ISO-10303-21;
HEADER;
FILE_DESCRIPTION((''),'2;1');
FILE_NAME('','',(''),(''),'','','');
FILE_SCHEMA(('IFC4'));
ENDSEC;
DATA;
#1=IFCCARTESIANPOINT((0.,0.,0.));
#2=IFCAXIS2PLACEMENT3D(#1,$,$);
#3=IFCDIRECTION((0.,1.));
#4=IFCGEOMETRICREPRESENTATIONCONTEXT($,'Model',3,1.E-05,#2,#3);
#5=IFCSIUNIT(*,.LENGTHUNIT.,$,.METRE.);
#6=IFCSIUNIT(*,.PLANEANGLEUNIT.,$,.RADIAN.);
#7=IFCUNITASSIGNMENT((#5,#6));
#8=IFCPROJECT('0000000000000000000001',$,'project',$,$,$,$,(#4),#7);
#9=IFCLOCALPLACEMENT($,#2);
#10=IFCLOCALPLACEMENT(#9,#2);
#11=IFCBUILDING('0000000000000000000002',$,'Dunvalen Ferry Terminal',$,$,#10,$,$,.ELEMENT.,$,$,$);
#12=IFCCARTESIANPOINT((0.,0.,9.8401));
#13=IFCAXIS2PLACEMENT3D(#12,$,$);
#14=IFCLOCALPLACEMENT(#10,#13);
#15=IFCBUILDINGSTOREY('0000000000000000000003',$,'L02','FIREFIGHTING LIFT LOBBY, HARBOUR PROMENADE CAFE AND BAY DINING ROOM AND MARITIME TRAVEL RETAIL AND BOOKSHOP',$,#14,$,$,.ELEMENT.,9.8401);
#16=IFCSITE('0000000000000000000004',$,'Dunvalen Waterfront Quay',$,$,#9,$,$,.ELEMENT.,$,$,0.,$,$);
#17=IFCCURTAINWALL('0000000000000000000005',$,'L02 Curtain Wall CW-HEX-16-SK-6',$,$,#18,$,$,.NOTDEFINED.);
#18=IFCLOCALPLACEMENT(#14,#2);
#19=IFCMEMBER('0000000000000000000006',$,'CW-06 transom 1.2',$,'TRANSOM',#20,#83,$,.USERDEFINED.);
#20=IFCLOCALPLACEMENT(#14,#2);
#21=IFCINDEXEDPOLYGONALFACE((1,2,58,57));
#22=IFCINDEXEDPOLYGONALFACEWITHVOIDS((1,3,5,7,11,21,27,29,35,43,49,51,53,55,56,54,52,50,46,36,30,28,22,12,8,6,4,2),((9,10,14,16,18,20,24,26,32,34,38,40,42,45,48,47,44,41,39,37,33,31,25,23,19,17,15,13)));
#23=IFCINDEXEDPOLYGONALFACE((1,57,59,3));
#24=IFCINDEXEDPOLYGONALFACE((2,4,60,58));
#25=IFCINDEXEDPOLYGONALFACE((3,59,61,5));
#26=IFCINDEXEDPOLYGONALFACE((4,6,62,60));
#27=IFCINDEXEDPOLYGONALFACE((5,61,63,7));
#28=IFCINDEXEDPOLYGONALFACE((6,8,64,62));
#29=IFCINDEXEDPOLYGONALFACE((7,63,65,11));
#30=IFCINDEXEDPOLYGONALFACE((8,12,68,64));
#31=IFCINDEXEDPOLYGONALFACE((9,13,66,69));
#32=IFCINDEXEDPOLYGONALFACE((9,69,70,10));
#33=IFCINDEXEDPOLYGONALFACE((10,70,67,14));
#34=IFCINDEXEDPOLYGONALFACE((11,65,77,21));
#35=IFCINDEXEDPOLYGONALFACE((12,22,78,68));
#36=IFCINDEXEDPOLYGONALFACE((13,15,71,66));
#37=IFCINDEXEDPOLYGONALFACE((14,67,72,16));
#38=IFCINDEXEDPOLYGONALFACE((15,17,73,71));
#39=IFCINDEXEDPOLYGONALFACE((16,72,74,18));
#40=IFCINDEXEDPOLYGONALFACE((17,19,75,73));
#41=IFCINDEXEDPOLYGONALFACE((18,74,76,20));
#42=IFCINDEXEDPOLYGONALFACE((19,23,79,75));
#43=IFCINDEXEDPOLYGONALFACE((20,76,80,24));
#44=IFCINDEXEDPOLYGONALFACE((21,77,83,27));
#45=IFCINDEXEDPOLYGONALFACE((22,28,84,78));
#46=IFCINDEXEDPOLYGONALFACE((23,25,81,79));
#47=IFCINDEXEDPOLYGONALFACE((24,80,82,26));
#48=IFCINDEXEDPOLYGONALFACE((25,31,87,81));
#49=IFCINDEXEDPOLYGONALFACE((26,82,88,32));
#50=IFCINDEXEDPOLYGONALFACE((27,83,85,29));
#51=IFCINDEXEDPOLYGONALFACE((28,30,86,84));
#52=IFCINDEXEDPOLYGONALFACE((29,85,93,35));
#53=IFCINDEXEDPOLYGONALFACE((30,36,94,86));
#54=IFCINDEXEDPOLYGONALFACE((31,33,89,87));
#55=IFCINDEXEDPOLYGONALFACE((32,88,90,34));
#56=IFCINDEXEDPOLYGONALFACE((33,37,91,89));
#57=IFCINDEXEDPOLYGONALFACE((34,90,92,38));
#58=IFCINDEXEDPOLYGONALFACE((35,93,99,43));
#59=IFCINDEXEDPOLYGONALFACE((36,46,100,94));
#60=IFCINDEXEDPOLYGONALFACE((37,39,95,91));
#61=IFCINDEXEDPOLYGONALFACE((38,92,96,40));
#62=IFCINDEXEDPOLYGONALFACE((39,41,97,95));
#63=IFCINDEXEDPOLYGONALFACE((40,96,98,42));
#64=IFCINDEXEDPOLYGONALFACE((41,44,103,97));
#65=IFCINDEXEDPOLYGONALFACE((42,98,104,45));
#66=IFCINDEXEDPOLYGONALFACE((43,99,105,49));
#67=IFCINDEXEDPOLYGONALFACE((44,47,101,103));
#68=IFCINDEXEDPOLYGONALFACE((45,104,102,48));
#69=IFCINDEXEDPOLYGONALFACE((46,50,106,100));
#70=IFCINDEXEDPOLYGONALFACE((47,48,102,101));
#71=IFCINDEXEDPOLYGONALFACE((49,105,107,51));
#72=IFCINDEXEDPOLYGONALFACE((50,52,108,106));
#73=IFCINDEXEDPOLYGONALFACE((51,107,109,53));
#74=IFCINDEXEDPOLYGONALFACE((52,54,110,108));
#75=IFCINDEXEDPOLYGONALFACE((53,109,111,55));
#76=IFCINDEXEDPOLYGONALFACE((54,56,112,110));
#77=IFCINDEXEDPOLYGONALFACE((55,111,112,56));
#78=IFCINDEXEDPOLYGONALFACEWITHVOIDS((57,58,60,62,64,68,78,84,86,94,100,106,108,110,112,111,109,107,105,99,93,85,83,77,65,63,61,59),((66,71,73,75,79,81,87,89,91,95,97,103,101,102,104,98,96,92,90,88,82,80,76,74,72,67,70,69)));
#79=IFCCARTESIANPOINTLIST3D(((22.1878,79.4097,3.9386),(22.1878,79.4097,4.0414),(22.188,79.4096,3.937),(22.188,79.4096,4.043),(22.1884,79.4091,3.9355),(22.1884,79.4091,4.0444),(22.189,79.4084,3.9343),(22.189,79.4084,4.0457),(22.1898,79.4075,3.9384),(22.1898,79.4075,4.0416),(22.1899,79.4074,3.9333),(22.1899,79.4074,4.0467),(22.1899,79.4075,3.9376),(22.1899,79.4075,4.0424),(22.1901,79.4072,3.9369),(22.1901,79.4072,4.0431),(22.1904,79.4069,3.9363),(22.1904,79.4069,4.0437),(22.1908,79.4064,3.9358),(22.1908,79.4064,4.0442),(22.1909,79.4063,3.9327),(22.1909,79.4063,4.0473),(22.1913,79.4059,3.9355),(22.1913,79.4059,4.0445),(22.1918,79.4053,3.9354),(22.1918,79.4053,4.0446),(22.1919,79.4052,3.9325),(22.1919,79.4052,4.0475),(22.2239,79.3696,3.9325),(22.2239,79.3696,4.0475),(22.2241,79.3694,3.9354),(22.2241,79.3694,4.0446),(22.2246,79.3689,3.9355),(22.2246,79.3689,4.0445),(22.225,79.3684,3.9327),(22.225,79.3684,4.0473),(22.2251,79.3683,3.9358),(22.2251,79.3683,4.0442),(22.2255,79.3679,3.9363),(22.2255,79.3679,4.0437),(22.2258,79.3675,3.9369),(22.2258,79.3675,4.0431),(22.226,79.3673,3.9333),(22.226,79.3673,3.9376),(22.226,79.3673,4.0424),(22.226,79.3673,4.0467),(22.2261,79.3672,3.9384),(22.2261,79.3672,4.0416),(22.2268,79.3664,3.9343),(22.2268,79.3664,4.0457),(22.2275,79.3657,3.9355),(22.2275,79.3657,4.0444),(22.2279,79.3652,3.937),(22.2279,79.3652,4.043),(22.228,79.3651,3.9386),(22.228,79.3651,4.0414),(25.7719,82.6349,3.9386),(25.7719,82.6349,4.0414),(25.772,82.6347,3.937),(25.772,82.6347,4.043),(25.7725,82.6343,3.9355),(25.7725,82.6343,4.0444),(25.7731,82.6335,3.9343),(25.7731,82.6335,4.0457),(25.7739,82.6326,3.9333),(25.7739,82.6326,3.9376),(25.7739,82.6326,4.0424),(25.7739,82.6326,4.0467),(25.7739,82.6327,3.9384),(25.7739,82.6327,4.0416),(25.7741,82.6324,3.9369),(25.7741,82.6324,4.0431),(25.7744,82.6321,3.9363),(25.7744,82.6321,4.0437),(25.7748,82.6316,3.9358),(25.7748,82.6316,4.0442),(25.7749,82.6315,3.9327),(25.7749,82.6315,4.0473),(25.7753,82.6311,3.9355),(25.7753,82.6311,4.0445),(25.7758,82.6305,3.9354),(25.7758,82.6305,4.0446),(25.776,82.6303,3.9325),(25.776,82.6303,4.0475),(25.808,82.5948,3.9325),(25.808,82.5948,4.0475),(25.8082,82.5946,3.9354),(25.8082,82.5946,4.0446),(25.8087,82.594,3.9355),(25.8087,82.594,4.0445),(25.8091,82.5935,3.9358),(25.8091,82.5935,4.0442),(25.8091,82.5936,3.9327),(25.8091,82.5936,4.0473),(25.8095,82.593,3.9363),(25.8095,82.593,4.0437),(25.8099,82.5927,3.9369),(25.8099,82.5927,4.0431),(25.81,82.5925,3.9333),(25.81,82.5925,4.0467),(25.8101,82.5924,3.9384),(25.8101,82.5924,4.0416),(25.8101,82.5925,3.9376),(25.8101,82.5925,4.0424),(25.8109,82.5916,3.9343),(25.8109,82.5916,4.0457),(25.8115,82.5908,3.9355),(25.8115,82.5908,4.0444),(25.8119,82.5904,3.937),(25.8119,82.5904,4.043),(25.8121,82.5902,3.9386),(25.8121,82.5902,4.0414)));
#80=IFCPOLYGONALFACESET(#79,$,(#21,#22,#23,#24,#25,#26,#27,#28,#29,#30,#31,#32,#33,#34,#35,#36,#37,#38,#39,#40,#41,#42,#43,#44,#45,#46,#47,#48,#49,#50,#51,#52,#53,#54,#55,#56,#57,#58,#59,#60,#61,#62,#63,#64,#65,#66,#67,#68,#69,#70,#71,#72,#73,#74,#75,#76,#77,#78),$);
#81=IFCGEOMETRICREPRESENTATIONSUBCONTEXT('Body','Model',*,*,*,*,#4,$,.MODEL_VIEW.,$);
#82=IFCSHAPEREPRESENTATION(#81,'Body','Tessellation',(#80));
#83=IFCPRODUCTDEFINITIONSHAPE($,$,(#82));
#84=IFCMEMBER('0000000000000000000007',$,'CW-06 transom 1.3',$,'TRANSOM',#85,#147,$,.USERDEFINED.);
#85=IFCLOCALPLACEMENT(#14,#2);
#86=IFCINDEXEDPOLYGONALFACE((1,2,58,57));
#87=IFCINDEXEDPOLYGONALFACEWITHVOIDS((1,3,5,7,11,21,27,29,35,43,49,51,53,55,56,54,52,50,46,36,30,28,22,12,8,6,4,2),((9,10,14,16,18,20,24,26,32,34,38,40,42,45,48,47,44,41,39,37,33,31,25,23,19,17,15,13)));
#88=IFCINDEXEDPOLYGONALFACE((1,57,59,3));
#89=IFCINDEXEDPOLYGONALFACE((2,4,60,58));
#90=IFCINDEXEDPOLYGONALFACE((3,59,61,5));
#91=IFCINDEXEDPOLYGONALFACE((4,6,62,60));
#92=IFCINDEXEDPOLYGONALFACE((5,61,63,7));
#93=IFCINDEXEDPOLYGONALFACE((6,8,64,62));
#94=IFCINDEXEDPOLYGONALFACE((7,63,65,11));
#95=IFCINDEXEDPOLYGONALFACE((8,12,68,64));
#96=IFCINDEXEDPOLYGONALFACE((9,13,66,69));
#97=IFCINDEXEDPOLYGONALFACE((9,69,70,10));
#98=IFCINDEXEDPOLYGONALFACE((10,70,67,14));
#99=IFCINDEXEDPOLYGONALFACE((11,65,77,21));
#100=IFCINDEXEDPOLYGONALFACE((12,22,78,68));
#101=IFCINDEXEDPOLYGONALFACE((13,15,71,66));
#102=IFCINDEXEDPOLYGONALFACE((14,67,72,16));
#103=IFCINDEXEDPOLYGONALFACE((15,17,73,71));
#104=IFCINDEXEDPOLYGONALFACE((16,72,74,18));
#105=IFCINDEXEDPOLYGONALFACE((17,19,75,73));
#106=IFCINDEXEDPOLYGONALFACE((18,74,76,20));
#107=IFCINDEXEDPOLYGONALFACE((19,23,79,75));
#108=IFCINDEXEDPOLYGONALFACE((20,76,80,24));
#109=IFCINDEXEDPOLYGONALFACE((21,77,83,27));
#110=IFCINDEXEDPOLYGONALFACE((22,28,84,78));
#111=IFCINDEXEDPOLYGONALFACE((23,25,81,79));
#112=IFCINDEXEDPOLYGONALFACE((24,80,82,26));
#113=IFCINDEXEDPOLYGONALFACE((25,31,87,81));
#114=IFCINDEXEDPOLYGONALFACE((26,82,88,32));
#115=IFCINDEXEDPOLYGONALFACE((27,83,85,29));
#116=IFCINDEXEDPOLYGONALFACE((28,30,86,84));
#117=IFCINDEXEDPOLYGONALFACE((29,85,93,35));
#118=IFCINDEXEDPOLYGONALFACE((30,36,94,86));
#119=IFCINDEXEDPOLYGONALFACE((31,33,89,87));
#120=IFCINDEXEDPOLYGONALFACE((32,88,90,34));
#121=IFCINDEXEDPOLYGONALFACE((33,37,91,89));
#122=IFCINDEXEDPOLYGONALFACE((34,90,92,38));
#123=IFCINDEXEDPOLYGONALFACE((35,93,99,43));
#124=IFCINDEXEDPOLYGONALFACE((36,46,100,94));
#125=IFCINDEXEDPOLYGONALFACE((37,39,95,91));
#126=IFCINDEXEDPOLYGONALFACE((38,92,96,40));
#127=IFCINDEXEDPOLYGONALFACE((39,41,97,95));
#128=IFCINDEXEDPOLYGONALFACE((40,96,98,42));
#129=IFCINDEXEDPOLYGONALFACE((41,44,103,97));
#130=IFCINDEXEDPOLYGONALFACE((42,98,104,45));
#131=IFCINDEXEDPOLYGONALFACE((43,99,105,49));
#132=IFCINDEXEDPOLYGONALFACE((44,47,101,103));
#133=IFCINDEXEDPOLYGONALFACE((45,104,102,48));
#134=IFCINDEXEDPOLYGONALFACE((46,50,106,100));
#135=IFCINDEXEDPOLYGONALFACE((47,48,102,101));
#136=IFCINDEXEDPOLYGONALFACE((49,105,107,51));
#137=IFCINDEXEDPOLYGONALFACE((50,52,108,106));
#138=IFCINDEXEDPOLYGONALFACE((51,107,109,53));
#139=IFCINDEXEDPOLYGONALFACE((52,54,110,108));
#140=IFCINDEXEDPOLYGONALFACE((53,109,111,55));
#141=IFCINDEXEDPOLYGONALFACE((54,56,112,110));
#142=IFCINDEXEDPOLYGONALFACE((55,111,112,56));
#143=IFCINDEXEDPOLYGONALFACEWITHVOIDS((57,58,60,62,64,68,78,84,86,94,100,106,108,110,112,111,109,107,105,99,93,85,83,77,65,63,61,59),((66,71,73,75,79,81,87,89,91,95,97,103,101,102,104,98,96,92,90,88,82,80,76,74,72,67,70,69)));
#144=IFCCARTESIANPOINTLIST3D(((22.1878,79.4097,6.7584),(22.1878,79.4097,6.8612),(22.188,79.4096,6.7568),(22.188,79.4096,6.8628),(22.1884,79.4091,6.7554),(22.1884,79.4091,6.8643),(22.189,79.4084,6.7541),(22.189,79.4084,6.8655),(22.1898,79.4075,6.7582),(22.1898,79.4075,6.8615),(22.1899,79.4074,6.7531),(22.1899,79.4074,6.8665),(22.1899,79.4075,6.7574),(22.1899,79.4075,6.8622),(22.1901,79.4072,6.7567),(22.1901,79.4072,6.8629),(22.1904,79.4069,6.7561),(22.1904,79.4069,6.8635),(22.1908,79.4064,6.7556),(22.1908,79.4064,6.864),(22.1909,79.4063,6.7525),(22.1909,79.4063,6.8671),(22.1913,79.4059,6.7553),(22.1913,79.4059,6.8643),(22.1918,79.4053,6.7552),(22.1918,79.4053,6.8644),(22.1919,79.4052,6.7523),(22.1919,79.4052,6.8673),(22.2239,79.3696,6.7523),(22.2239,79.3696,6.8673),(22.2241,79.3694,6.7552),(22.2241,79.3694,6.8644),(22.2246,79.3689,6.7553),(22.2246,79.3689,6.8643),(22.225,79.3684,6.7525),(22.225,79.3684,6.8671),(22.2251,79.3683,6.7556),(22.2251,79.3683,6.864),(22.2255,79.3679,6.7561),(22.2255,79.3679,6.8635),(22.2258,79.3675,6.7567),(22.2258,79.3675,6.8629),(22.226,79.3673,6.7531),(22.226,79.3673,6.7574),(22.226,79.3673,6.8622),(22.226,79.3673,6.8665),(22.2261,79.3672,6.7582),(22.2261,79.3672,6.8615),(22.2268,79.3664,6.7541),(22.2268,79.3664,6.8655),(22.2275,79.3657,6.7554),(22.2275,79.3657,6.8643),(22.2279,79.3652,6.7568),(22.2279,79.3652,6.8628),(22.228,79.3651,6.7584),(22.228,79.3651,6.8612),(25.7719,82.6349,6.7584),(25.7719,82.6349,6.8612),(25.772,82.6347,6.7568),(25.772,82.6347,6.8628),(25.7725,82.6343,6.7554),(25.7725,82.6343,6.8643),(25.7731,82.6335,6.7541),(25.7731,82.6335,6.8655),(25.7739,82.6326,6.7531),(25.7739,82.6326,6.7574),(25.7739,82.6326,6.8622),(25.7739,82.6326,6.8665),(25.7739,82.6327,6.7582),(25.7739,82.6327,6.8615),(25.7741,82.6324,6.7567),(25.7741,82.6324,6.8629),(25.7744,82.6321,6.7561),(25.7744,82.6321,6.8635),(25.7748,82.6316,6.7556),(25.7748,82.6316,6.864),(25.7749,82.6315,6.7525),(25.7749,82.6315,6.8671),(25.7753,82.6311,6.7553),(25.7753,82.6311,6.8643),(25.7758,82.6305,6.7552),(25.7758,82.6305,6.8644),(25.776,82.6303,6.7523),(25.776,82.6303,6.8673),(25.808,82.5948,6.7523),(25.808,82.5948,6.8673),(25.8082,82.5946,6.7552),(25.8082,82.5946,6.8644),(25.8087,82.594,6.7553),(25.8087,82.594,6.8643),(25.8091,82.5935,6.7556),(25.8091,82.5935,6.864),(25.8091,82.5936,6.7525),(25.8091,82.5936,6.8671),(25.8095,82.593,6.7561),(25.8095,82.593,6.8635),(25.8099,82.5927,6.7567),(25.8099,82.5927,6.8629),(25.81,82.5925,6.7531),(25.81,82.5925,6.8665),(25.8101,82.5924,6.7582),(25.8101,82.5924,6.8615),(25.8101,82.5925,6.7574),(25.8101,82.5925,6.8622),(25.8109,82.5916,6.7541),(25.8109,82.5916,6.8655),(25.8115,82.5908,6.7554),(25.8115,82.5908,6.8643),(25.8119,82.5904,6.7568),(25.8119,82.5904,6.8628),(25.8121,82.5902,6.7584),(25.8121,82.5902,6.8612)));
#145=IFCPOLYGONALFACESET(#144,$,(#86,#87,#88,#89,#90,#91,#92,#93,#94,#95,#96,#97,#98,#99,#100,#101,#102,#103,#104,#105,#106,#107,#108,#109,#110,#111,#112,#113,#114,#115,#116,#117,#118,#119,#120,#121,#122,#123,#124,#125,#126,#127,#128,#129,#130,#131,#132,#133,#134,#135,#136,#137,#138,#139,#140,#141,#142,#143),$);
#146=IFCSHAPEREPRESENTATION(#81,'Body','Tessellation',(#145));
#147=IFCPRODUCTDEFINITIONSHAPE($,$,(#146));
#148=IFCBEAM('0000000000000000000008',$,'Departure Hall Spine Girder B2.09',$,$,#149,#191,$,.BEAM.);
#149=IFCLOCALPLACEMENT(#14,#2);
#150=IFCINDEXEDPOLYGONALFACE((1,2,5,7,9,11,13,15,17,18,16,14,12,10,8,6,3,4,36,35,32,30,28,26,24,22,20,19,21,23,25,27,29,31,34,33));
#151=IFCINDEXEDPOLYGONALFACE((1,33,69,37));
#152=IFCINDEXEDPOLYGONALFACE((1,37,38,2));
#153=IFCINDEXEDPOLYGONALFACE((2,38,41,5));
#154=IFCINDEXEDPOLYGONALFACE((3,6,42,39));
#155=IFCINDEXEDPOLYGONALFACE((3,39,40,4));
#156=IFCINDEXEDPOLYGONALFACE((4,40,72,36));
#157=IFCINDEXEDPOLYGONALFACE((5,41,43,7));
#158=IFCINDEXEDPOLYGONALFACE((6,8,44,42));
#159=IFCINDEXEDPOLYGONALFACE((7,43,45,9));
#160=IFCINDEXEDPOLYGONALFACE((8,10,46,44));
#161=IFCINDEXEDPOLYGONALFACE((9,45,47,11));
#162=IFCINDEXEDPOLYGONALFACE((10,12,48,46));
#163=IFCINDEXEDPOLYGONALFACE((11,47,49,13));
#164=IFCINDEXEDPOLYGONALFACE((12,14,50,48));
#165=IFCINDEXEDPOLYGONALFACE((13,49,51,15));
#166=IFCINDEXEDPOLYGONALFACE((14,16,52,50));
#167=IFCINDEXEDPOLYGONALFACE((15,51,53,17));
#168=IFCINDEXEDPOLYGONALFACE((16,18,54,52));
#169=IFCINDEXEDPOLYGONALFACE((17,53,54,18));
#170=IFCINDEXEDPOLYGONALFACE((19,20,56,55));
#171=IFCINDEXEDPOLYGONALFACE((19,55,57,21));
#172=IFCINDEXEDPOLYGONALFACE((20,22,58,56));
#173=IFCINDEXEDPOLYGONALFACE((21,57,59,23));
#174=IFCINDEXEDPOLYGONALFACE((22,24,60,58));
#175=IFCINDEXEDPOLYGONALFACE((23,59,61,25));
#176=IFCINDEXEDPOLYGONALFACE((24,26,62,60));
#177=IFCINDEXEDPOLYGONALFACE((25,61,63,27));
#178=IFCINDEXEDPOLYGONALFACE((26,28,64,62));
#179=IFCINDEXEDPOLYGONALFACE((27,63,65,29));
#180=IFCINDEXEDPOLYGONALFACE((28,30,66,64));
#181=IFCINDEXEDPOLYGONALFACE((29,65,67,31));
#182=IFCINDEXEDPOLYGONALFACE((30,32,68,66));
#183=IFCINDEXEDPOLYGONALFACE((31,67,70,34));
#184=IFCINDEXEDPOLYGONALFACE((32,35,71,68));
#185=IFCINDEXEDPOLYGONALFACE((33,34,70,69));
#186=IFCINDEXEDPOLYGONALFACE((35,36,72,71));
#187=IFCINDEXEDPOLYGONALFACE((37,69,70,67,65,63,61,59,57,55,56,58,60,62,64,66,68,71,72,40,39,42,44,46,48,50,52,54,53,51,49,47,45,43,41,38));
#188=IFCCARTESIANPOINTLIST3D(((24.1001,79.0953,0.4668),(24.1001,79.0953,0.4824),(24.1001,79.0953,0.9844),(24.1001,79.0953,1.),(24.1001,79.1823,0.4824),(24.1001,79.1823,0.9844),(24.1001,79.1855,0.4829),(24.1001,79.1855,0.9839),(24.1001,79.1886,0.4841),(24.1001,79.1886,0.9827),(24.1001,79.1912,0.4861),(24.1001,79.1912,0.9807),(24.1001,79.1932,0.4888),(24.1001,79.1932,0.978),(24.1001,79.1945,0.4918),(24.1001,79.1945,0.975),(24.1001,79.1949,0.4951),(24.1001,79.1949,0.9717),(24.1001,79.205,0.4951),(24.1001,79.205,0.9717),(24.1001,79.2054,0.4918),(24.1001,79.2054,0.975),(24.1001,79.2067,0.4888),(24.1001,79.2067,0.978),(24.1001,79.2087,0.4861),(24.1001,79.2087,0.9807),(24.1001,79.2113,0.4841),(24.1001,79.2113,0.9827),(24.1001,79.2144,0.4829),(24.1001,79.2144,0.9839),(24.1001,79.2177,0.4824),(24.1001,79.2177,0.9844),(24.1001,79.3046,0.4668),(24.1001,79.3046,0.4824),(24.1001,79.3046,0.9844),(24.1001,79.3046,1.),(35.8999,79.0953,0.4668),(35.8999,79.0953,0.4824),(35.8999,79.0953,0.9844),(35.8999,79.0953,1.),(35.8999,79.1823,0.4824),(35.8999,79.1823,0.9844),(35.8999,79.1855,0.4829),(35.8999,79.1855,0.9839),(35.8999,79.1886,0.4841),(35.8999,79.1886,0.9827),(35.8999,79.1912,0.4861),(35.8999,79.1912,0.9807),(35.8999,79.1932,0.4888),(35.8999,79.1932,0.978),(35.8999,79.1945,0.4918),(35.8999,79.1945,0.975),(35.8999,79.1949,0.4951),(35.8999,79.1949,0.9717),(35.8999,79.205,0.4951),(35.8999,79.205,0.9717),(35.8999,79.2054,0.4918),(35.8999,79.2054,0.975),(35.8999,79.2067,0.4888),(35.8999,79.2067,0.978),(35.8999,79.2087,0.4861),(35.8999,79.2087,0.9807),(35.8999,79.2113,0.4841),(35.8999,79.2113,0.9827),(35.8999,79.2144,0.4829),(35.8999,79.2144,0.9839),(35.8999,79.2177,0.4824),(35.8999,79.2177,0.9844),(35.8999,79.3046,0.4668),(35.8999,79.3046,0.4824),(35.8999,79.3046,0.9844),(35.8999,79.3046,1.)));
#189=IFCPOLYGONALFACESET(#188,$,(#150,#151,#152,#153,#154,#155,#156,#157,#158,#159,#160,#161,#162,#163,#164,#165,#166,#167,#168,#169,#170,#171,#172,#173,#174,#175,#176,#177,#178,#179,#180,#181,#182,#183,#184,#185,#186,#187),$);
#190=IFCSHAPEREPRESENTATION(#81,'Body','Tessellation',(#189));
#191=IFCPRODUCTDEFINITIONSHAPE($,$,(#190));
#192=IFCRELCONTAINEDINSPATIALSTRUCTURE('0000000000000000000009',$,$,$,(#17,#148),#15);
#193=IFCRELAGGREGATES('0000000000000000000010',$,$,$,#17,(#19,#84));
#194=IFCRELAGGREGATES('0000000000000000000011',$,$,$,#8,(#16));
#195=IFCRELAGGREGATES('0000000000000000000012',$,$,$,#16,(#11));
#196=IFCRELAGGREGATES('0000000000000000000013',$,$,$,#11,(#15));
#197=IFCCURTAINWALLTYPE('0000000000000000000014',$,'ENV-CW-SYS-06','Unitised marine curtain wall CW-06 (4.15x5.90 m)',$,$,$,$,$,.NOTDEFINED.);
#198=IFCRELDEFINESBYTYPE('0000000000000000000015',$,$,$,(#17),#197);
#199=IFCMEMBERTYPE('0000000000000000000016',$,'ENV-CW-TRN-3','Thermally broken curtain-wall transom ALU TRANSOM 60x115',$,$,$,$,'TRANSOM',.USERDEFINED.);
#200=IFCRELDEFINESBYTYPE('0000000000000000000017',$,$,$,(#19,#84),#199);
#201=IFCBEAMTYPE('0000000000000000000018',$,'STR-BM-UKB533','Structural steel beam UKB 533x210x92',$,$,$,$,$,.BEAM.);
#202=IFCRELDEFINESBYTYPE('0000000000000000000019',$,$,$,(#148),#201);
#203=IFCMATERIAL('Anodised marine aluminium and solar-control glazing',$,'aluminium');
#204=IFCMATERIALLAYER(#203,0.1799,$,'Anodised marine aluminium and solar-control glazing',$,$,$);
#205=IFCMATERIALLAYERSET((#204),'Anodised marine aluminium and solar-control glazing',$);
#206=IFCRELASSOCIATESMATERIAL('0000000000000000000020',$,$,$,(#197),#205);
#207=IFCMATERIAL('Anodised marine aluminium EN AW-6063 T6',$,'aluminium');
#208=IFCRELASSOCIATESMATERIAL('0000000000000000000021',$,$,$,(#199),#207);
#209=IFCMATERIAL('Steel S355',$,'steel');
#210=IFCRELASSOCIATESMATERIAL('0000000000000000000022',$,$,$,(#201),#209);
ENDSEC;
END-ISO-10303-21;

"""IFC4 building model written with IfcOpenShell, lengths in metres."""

from ifc_helpers import new_model, si_unit, direction, frame, origin, origin_2d, place, context, subcontext, project, spatial, hollow_rectangle, i_section, extrude, material, layer, layer_set, material_profile, profile_set, type_object, element, aggregate, save


model = new_model("IFC4")

# Units and contexts
model_context = context("Model", 3, precision=1e-05, world=origin(), true_north=direction((0.0, 1.0)))
body_context = subcontext(model_context, "Body", "Model", "MODEL_VIEW")
ifc_project = project(units=[si_unit("LENGTHUNIT", "METRE"), si_unit("PLANEANGLEUNIT", "RADIAN")], contexts=[model_context])

# Site, building, storey
site_placement = place(None, origin())
site = spatial("IfcSite", under=ifc_project, at=site_placement, Name="Dunvalen Waterfront Quay", CompositionType="ELEMENT", RefElevation=0.0)
building_placement = place(site_placement, origin())
building = spatial("IfcBuilding", under=site, at=building_placement, Name="Dunvalen Ferry Terminal", CompositionType="ELEMENT")
storey_placement = place(building_placement, frame((0.0, 0.0, 9.8401)))
storey = spatial("IfcBuildingStorey", under=building, at=storey_placement, Name="L02", Description="FIREFIGHTING LIFT LOBBY, HARBOUR PROMENADE CAFE AND BAY DINING ROOM AND MARITIME TRAVEL RETAIL AND BOOKSHOP", CompositionType="ELEMENT", Elevation=9.8401)

# Shared definitions
ifc_material_1 = material(Name="Anodised marine aluminium and solar-control glazing", Category="aluminium")
ifc_material_2 = material(Name="Anodised marine aluminium EN AW-6063 T6", Category="aluminium")
ifc_layer_1 = layer(ifc_material_1, 0.1799, Name="Anodised marine aluminium and solar-control glazing")
ifc_layer_set_1 = layer_set([ifc_layer_1], Name="Anodised marine aluminium and solar-control glazing")
curtain_wall_type_1 = type_object("IfcCurtainWallType", Name="ENV-CW-SYS-06", Description="Unitised marine curtain wall CW-06 (4.15x5.90 m)", PredefinedType="NOTDEFINED", material=ifc_layer_set_1)

# Curtain wall, members
curtain_wall_1_placement = place(storey_placement, origin())
curtain_wall_1 = element("IfcCurtainWall", 1, at=curtain_wall_1_placement, inside=storey, type_object=curtain_wall_type_1, Name="L02 Curtain Wall CW-HEX-16-SK-6", PredefinedType="NOTDEFINED")
ifc_material_profile_1 = material_profile(ifc_material_2, hollow_rectangle(XDim=0.0601, YDim=0.115, WallThickness=0.0029, InnerFilletRadius=0.0029, OuterFilletRadius=0.0061, at=origin_2d()), Name="Anodised marine aluminium EN AW-6063 T6")
ifc_profile_set_1 = profile_set([ifc_material_profile_1], Name="Anodised marine aluminium EN AW-6063 T6")
member_type_1 = type_object("IfcMemberType", Name="ENV-CW-TRN-3", Description="Thermally broken curtain-wall transom ALU TRANSOM 60x115", ElementType="TRANSOM", PredefinedType="USERDEFINED", material=ifc_profile_set_1)
member_1_placement = place(storey_placement, frame((25.792, 82.6125, 3.99), z_axis=(-0.743345, -0.668909, 0.0), x_axis=(0.668909, -0.743345, 0.0)))
member_1 = element("IfcMember", 2, at=member_1_placement, type_object=member_type_1, Name="CW-06 transom 1.2", ObjectType="TRANSOM", PredefinedType="USERDEFINED", context=body_context, shape_type="SweptSolid", body=[
    extrude(hollow_rectangle(XDim=0.0601, YDim=0.115, WallThickness=0.0029, InnerFilletRadius=0.0029, OuterFilletRadius=0.0061, at=origin_2d()), origin(), (0.0, 0.0, 1.0), 4.8215),
])
member_2_placement = place(storey_placement, frame((25.792, 82.6125, 6.8098), z_axis=(-0.743345, -0.668909, 0.0), x_axis=(0.668909, -0.743345, 0.0)))
member_2 = element("IfcMember", 3, at=member_2_placement, type_object=member_type_1, Name="CW-06 transom 1.3", ObjectType="TRANSOM", PredefinedType="USERDEFINED", context=body_context, shape_type="SweptSolid", body=[
    extrude(hollow_rectangle(XDim=0.0601, YDim=0.115, WallThickness=0.0029, InnerFilletRadius=0.0029, OuterFilletRadius=0.0061, at=origin_2d()), origin(), (0.0, 0.0, 1.0), 4.8215),
])

# Beam
ifc_material_3 = material(Name="Steel S355", Category="steel")
ifc_material_profile_2 = material_profile(ifc_material_3, i_section(OverallWidth=0.2092, OverallDepth=0.5332, WebThickness=0.01, FlangeThickness=0.0156, FilletRadius=0.0127, at=origin_2d()), Name="Steel S355")
ifc_profile_set_2 = profile_set([ifc_material_profile_2], Name="Steel S355")
beam_type = type_object("IfcBeamType", Name="STR-BM-UKB533", Description="Structural steel beam UKB 533x210x92", PredefinedType="BEAM", material=ifc_profile_set_2)
beam_placement = place(storey_placement, frame((24.1001, 79.2, 0.7334), z_axis=(1.0, 0.0, 0.0), x_axis=(0.0, 1.0, 0.0)))
element("IfcBeam", 4, at=beam_placement, inside=storey, type_object=beam_type, Name="Departure Hall Spine Girder B2.09", PredefinedType="BEAM", context=body_context, shape_type="SweptSolid", body=[
    extrude(i_section(OverallWidth=0.2092, OverallDepth=0.5332, WebThickness=0.01, FlangeThickness=0.0156, FilletRadius=0.0127, at=origin_2d()), origin(), (0.0, 0.0, 1.0), 11.7998),
])

aggregate(curtain_wall_1, [member_1, member_2])

save(model, "model.ifc")
